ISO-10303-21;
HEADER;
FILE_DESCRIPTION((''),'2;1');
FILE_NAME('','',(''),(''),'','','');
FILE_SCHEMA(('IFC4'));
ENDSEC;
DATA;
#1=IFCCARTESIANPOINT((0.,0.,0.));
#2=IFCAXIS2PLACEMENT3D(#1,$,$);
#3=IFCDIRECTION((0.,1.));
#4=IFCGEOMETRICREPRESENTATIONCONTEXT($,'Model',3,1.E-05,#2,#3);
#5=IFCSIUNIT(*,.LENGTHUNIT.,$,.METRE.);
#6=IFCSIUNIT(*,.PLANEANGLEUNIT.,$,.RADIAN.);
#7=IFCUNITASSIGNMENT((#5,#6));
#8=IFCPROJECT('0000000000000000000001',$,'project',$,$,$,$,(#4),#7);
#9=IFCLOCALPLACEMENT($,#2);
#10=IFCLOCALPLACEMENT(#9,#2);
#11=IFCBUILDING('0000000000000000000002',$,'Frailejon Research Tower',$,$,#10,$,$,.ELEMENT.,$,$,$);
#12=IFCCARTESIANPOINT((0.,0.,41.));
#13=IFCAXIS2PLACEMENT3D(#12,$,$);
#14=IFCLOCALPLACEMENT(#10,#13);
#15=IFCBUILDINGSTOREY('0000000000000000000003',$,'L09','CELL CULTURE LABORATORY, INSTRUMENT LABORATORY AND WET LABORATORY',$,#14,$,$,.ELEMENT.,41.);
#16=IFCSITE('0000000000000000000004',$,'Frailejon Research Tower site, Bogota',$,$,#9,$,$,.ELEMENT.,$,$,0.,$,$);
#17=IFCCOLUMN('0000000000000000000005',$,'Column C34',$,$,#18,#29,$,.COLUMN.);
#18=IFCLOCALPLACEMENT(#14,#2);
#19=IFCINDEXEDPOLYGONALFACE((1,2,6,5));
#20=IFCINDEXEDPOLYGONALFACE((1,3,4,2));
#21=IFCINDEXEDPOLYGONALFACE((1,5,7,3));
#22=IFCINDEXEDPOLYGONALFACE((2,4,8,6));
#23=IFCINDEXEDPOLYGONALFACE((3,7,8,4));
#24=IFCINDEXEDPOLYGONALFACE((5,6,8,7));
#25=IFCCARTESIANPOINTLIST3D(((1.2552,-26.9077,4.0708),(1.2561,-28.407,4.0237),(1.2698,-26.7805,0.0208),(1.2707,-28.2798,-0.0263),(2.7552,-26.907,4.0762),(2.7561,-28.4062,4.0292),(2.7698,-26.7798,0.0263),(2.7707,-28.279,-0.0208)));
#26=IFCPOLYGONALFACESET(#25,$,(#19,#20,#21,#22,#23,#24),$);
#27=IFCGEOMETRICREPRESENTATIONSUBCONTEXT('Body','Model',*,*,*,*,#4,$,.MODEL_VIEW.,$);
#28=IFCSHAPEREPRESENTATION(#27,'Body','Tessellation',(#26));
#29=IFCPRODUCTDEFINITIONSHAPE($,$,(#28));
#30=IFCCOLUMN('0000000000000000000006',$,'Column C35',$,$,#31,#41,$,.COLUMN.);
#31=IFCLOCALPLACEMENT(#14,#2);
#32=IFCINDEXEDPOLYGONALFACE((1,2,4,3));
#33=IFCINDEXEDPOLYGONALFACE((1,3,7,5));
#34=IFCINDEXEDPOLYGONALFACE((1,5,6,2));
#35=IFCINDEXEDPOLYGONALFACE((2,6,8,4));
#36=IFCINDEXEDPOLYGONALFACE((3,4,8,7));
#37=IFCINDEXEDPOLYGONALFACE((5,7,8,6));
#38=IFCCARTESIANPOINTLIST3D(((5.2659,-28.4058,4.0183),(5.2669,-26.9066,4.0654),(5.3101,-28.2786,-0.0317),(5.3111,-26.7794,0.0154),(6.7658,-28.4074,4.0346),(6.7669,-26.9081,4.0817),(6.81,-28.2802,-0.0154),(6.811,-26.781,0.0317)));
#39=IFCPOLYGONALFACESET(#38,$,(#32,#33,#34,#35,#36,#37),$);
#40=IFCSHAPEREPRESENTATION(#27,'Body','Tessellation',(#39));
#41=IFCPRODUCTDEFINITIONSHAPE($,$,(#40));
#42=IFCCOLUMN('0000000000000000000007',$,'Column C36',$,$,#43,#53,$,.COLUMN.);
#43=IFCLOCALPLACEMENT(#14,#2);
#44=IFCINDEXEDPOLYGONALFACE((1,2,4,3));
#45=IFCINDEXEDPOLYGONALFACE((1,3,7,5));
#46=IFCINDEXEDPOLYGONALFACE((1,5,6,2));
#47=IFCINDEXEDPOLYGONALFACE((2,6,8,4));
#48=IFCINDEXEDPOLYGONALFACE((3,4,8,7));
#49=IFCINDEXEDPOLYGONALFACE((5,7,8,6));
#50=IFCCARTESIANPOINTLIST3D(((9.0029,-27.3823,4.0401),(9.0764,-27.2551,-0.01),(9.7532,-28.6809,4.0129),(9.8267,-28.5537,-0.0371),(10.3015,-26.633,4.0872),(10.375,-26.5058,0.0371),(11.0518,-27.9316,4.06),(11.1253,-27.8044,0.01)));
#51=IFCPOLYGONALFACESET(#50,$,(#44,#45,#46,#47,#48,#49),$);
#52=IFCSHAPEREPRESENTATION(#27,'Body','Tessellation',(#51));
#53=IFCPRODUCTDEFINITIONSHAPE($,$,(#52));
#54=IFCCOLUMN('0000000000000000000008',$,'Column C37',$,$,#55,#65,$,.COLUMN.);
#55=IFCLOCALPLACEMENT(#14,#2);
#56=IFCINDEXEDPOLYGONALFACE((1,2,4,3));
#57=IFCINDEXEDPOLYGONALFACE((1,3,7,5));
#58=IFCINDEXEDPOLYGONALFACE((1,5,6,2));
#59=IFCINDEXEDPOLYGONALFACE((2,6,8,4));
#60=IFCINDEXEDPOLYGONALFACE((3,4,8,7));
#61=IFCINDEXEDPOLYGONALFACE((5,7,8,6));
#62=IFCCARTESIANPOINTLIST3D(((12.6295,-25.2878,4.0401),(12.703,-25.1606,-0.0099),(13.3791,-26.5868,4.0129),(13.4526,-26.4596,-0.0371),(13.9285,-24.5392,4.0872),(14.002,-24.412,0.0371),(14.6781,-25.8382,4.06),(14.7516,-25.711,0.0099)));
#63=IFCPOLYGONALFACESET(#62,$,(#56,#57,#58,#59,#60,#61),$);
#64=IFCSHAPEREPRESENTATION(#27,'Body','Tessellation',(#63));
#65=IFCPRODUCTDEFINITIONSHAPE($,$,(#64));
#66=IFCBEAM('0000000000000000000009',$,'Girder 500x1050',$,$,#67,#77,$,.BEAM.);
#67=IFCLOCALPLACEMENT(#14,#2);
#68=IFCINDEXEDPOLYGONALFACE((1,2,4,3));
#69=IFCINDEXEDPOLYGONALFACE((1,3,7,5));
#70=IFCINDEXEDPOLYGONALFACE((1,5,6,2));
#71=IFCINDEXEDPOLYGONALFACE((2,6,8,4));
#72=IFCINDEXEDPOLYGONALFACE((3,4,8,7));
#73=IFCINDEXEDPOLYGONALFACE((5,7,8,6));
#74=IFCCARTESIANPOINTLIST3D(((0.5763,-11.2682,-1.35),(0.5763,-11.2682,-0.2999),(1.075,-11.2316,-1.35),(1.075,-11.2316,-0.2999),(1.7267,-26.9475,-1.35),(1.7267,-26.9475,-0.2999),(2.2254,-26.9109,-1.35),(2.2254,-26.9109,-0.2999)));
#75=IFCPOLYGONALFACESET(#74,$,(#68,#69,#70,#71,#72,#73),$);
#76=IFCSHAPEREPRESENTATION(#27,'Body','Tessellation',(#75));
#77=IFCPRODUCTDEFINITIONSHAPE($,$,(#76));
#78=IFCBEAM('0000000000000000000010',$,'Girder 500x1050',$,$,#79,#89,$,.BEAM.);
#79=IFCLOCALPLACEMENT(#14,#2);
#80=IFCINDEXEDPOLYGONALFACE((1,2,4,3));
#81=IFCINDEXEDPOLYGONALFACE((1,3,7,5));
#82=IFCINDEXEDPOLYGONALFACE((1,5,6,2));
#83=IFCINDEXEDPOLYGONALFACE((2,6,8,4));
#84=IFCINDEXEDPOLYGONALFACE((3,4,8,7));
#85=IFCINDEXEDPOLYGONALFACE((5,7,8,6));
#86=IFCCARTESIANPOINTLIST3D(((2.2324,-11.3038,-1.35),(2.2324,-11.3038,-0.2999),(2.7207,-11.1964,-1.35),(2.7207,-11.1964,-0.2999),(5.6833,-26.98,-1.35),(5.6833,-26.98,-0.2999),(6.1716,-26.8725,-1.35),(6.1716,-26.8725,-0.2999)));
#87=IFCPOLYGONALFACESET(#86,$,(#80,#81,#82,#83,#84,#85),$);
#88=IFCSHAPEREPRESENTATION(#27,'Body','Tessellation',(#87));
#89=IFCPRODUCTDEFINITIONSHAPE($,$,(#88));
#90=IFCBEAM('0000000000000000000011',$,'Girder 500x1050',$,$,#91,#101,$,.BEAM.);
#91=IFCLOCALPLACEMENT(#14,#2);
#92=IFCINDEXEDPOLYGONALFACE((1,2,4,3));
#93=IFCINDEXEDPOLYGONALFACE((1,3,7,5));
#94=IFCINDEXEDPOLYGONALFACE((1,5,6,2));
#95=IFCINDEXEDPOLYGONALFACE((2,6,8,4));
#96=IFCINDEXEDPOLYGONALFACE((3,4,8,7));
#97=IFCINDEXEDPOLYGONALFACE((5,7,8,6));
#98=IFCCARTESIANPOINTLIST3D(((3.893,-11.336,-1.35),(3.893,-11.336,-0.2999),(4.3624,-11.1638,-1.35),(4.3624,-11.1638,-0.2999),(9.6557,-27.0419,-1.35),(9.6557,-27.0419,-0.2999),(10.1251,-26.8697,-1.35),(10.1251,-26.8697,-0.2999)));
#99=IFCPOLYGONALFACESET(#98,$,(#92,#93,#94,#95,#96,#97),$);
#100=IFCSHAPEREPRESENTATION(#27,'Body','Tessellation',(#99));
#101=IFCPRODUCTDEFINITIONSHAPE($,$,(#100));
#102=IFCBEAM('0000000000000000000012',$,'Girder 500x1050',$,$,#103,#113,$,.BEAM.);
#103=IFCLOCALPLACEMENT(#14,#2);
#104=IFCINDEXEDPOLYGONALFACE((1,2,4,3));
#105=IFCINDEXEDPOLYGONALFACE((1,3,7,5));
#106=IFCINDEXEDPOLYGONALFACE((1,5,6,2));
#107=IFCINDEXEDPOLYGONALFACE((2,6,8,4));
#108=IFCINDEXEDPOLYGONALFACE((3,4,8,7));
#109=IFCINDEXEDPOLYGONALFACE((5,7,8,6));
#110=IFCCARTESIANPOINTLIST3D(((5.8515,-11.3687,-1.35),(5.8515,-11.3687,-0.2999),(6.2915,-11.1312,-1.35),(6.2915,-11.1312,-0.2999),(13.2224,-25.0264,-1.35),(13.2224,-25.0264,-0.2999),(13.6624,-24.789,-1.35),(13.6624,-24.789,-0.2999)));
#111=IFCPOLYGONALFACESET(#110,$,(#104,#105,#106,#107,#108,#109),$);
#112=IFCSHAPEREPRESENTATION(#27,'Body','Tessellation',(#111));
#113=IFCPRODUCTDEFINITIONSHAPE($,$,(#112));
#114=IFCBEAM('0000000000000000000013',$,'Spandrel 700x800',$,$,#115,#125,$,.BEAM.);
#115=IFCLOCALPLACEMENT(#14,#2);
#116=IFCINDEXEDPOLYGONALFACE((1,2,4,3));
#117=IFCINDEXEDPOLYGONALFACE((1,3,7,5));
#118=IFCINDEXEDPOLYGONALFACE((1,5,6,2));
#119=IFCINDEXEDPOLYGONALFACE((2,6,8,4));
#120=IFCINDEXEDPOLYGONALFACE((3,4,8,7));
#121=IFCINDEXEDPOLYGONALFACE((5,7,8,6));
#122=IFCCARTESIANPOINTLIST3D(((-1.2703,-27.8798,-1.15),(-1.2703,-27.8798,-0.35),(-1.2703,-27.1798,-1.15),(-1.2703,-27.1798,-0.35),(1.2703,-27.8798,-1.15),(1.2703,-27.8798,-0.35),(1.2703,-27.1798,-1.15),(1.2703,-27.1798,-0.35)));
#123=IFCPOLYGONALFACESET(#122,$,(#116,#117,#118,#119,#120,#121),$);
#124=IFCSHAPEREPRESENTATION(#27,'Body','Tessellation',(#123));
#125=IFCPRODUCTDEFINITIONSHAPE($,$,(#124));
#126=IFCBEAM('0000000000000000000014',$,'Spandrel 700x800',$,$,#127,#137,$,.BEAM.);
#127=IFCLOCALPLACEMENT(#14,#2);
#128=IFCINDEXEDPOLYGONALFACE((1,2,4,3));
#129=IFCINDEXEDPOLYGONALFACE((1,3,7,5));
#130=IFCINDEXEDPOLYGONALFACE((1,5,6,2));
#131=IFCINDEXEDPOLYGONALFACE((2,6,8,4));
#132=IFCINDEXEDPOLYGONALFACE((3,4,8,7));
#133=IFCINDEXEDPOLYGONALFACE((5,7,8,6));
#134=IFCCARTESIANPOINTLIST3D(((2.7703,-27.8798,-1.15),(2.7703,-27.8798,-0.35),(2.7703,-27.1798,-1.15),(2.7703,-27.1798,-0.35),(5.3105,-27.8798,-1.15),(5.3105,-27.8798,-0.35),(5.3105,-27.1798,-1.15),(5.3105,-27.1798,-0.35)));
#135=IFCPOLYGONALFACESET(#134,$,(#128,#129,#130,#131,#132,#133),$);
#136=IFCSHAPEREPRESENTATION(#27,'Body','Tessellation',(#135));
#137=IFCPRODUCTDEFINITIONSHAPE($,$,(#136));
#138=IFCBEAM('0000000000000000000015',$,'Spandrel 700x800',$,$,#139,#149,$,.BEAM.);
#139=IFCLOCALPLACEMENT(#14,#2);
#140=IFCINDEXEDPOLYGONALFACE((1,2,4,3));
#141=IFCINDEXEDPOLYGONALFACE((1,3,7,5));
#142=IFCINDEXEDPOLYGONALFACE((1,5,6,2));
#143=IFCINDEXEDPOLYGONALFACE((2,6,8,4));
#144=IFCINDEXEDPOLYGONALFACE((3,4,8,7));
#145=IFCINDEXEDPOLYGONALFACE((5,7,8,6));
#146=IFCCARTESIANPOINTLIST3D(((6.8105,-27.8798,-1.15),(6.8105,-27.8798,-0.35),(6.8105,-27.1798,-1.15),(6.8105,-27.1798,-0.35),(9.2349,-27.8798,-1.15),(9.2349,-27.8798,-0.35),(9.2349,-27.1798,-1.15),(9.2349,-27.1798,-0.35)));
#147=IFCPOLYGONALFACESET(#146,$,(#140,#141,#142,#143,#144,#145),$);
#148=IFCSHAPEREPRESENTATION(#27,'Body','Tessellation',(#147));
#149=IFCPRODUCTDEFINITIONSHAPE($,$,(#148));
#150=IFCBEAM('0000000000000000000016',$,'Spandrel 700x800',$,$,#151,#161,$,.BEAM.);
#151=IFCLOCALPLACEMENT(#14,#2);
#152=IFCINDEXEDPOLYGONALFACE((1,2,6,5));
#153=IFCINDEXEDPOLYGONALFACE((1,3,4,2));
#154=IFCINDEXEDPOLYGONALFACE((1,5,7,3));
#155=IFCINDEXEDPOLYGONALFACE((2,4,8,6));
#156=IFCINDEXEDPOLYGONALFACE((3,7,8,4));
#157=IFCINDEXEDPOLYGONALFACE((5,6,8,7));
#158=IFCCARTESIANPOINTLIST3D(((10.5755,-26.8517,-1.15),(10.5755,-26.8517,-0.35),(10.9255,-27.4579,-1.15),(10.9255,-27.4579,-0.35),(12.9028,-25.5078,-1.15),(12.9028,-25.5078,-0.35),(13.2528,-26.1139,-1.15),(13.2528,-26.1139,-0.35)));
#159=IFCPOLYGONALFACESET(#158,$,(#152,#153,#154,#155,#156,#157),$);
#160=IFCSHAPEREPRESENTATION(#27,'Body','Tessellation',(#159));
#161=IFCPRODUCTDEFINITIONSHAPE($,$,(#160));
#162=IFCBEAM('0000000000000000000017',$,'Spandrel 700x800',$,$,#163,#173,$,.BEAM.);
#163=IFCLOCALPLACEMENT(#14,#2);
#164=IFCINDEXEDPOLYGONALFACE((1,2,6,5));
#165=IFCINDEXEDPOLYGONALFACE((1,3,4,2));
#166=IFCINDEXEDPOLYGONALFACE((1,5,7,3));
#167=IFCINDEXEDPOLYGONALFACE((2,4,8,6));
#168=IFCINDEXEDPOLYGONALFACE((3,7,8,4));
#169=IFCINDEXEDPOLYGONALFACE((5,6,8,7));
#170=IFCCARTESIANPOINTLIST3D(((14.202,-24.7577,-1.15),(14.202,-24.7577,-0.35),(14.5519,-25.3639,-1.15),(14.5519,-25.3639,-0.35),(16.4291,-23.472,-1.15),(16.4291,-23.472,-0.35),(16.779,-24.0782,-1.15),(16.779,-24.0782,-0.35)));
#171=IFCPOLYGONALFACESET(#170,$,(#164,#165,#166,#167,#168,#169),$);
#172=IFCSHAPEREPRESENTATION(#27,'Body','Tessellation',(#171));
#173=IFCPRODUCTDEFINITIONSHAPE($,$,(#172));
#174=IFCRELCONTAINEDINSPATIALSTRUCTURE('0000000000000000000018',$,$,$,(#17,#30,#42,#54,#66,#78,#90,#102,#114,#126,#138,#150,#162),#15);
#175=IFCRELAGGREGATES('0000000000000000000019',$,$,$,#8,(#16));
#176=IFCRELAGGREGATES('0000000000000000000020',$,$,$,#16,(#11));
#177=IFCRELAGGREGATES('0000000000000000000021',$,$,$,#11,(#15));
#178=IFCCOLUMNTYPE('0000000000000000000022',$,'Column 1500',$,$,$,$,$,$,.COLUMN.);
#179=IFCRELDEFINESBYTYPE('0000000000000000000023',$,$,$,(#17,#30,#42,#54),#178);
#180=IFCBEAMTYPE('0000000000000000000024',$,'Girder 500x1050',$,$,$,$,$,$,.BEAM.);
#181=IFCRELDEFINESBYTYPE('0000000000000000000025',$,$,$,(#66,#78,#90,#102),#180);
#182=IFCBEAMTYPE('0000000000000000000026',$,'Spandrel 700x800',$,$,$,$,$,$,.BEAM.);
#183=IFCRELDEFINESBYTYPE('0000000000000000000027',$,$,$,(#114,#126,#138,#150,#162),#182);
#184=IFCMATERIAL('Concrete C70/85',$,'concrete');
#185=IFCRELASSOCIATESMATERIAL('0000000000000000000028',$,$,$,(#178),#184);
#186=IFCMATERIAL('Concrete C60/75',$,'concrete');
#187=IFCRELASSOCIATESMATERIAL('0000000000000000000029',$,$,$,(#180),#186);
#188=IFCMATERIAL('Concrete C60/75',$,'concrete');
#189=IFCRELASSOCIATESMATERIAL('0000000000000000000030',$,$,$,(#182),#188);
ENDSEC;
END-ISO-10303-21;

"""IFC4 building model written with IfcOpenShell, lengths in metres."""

from ifc_helpers import new_model, si_unit, direction, frame, origin, origin_2d, place, context, subcontext, project, spatial, rectangle, extrude, material, material_profile, profile_set, type_object, element, save


model = new_model("IFC4")

# Units and contexts
model_context = context("Model", 3, precision=1e-05, world=origin(), true_north=direction((0.0, 1.0)))
body_context = subcontext(model_context, "Body", "Model", "MODEL_VIEW")
ifc_project = project(units=[si_unit("LENGTHUNIT", "METRE"), si_unit("PLANEANGLEUNIT", "RADIAN")], contexts=[model_context])

# Site, building, storey
site_placement = place(None, origin())
site = spatial("IfcSite", under=ifc_project, at=site_placement, Name="Frailejon Research Tower site, Bogota", CompositionType="ELEMENT", RefElevation=0.0)
building_placement = place(site_placement, origin())
building = spatial("IfcBuilding", under=site, at=building_placement, Name="Frailejon Research Tower", CompositionType="ELEMENT")
storey_placement = place(building_placement, frame((0.0, 0.0, 41.0)))
storey = spatial("IfcBuildingStorey", under=building, at=storey_placement, Name="L09", Description="CELL CULTURE LABORATORY, INSTRUMENT LABORATORY AND WET LABORATORY", CompositionType="ELEMENT", Elevation=41.0)

# Columns
ifc_material_1 = material(Name="Concrete C70/85", Category="concrete")
ifc_material_profile_1 = material_profile(ifc_material_1, rectangle(XDim=1.5, YDim=1.5, at=origin_2d()), Name="Column 1500")
ifc_profile_set_1 = profile_set([ifc_material_profile_1], Name="Concrete C70/85")
column_type = type_object("IfcColumnType", Name="Column 1500", PredefinedType="COLUMN", material=ifc_profile_set_1)
column_1_placement = place(storey_placement, frame((2.0203, -27.5298, 0.0), z_axis=(-0.003615, -0.031391, 0.999501), x_axis=(0.999993, 0.000489, 0.003632)))
element("IfcColumn", 1, at=column_1_placement, inside=storey, type_object=column_type, Name="Column C34", PredefinedType="COLUMN", context=body_context, shape_type="SweptSolid", body=[
    extrude(rectangle(XDim=1.5, YDim=1.5, at=origin_2d()), origin(), (0.0, 0.0, 1.0), 4.052),
])
column_2_placement = place(storey_placement, frame((6.0605, -27.5298, 0.0), z_axis=(-0.010905, -0.031389, 0.999448), x_axis=(0.99994, -0.001064, 0.010877)))
element("IfcColumn", 2, at=column_2_placement, inside=storey, type_object=column_type, Name="Column C35", PredefinedType="COLUMN", context=body_context, shape_type="SweptSolid", body=[
    extrude(rectangle(XDim=1.5, YDim=1.5, at=origin_2d()), origin(), (0.0, 0.0, 1.0), 4.0522),
])
for number, where, z_axis, x_axis, name in (
    (3, (10.1008, -27.5298, 0.0), (-0.018133, -0.031386, 0.999343), (0.865729, 0.499528, 0.031397), "Column C36"),
    (4, (13.7273, -25.4358, 0.0), (-0.018133, -0.031386, 0.999343), (0.865999, 0.499059, 0.031387), "Column C37"),
):
    element("IfcColumn", number, at=place(storey_placement, frame(where, z_axis=z_axis, x_axis=x_axis)), inside=storey, type_object=column_type, Name=name, PredefinedType="COLUMN", context=body_context, shape_type="SweptSolid", body=[
        extrude(rectangle(XDim=1.5, YDim=1.5, at=origin_2d()), origin(), (0.0, 0.0, 1.0), 4.0527),
    ])

# Beams
ifc_material_2 = material(Name="Concrete C60/75", Category="concrete")
ifc_material_profile_2 = material_profile(ifc_material_2, rectangle(XDim=0.5, YDim=1.05, at=origin_2d()), Name="Girder 500x1050")
ifc_profile_set_2 = profile_set([ifc_material_profile_2], Name="Concrete C60/75")
beam_type_1 = type_object("IfcBeamType", Name="Girder 500x1050", PredefinedType="BEAM", material=ifc_profile_set_2)
beam_1_placement = place(storey_placement, frame((1.9761, -26.9292, -0.825), z_axis=(-0.073174, 0.997319, 0.0), x_axis=(-0.997319, -0.073174, 0.0)))
element("IfcBeam", 5, at=beam_1_placement, inside=storey, type_object=beam_type_1, Name="Girder 500x1050", PredefinedType="BEAM", context=body_context, shape_type="SweptSolid", body=[
    extrude(rectangle(XDim=0.5, YDim=1.05, at=origin_2d()), origin(), (0.0, 0.0, 1.0), 15.7214),
])
beam_2_placement = place(storey_placement, frame((5.9275, -26.9263, -0.825), z_axis=(-0.214989, 0.976616, 0.0), x_axis=(-0.976616, -0.214989, 0.0)))
element("IfcBeam", 6, at=beam_2_placement, inside=storey, type_object=beam_type_1, Name="Girder 500x1050", PredefinedType="BEAM", context=body_context, shape_type="SweptSolid", body=[
    extrude(rectangle(XDim=0.5, YDim=1.05, at=origin_2d()), origin(), (0.0, 0.0, 1.0), 16.0515),
])
beam_3_placement = place(storey_placement, frame((9.8904, -26.9558, -0.825), z_axis=(-0.34446, 0.938801, 0.0), x_axis=(-0.938801, -0.34446, 0.0)))
element("IfcBeam", 7, at=beam_3_placement, inside=storey, type_object=beam_type_1, Name="Girder 500x1050", PredefinedType="BEAM", context=body_context, shape_type="SweptSolid", body=[
    extrude(rectangle(XDim=0.5, YDim=1.05, at=origin_2d()), origin(), (0.0, 0.0, 1.0), 16.7297),
])
beam_4_placement = place(storey_placement, frame((13.4424, -24.9077, -0.825), z_axis=(-0.474934, 0.880022, 0.0), x_axis=(-0.880022, -0.474934, 0.0)))
element("IfcBeam", 8, at=beam_4_placement, inside=storey, type_object=beam_type_1, Name="Girder 500x1050", PredefinedType="BEAM", context=body_context, shape_type="SweptSolid", body=[
    extrude(rectangle(XDim=0.5, YDim=1.05, at=origin_2d()), origin(), (0.0, 0.0, 1.0), 15.5198),
])
ifc_material_3 = material(Name="Concrete C60/75", Category="concrete")
ifc_material_profile_3 = material_profile(ifc_material_3, rectangle(XDim=0.7, YDim=0.8, at=origin_2d()), Name="Spandrel 700x800")
ifc_profile_set_3 = profile_set([ifc_material_profile_3], Name="Concrete C60/75")
beam_type_2 = type_object("IfcBeamType", Name="Spandrel 700x800", PredefinedType="BEAM", material=ifc_profile_set_3)
beam_5_placement = place(storey_placement, frame((-1.2703, -27.5298, -0.75), z_axis=(1.0, 0.0, 0.0), x_axis=(0.0, 1.0, 0.0)))
element("IfcBeam", 9, at=beam_5_placement, inside=storey, type_object=beam_type_2, Name="Spandrel 700x800", PredefinedType="BEAM", context=body_context, shape_type="SweptSolid", body=[
    extrude(rectangle(XDim=0.7, YDim=0.8, at=origin_2d()), origin(), (0.0, 0.0, 1.0), 2.5405),
])
beam_6_placement = place(storey_placement, frame((2.7703, -27.5298, -0.75), z_axis=(1.0, 0.0, 0.0), x_axis=(0.0, 1.0, 0.0)))
element("IfcBeam", 10, at=beam_6_placement, inside=storey, type_object=beam_type_2, Name="Spandrel 700x800", PredefinedType="BEAM", context=body_context, shape_type="SweptSolid", body=[
    extrude(rectangle(XDim=0.7, YDim=0.8, at=origin_2d()), origin(), (0.0, 0.0, 1.0), 2.5403),
])
beam_7_placement = place(storey_placement, frame((6.8105, -27.5298, -0.75), z_axis=(1.0, 0.0, 0.0), x_axis=(0.0, 1.0, 0.0)))
element("IfcBeam", 11, at=beam_7_placement, inside=storey, type_object=beam_type_2, Name="Spandrel 700x800", PredefinedType="BEAM", context=body_context, shape_type="SweptSolid", body=[
    extrude(rectangle(XDim=0.7, YDim=0.8, at=origin_2d()), origin(), (0.0, 0.0, 1.0), 2.4243),
])
beam_8_placement = place(storey_placement, frame((10.7505, -27.1548, -0.75), z_axis=(0.865981, 0.500076, 0.0), x_axis=(-0.500076, 0.865981, 0.0)))
element("IfcBeam", 12, at=beam_8_placement, inside=storey, type_object=beam_type_2, Name="Spandrel 700x800", PredefinedType="BEAM", context=body_context, shape_type="SweptSolid", body=[
    extrude(rectangle(XDim=0.7, YDim=0.8, at=origin_2d()), origin(), (0.0, 0.0, 1.0), 2.6875),
])
beam_9_placement = place(storey_placement, frame((14.377, -25.0608, -0.75), z_axis=(0.86605, 0.499958, 0.0), x_axis=(-0.499958, 0.86605, 0.0)))
element("IfcBeam", 13, at=beam_9_placement, inside=storey, type_object=beam_type_2, Name="Spandrel 700x800", PredefinedType="BEAM", context=body_context, shape_type="SweptSolid", body=[
    extrude(rectangle(XDim=0.7, YDim=0.8, at=origin_2d()), origin(), (0.0, 0.0, 1.0), 2.5715),
])

save(model, "model.ifc")
